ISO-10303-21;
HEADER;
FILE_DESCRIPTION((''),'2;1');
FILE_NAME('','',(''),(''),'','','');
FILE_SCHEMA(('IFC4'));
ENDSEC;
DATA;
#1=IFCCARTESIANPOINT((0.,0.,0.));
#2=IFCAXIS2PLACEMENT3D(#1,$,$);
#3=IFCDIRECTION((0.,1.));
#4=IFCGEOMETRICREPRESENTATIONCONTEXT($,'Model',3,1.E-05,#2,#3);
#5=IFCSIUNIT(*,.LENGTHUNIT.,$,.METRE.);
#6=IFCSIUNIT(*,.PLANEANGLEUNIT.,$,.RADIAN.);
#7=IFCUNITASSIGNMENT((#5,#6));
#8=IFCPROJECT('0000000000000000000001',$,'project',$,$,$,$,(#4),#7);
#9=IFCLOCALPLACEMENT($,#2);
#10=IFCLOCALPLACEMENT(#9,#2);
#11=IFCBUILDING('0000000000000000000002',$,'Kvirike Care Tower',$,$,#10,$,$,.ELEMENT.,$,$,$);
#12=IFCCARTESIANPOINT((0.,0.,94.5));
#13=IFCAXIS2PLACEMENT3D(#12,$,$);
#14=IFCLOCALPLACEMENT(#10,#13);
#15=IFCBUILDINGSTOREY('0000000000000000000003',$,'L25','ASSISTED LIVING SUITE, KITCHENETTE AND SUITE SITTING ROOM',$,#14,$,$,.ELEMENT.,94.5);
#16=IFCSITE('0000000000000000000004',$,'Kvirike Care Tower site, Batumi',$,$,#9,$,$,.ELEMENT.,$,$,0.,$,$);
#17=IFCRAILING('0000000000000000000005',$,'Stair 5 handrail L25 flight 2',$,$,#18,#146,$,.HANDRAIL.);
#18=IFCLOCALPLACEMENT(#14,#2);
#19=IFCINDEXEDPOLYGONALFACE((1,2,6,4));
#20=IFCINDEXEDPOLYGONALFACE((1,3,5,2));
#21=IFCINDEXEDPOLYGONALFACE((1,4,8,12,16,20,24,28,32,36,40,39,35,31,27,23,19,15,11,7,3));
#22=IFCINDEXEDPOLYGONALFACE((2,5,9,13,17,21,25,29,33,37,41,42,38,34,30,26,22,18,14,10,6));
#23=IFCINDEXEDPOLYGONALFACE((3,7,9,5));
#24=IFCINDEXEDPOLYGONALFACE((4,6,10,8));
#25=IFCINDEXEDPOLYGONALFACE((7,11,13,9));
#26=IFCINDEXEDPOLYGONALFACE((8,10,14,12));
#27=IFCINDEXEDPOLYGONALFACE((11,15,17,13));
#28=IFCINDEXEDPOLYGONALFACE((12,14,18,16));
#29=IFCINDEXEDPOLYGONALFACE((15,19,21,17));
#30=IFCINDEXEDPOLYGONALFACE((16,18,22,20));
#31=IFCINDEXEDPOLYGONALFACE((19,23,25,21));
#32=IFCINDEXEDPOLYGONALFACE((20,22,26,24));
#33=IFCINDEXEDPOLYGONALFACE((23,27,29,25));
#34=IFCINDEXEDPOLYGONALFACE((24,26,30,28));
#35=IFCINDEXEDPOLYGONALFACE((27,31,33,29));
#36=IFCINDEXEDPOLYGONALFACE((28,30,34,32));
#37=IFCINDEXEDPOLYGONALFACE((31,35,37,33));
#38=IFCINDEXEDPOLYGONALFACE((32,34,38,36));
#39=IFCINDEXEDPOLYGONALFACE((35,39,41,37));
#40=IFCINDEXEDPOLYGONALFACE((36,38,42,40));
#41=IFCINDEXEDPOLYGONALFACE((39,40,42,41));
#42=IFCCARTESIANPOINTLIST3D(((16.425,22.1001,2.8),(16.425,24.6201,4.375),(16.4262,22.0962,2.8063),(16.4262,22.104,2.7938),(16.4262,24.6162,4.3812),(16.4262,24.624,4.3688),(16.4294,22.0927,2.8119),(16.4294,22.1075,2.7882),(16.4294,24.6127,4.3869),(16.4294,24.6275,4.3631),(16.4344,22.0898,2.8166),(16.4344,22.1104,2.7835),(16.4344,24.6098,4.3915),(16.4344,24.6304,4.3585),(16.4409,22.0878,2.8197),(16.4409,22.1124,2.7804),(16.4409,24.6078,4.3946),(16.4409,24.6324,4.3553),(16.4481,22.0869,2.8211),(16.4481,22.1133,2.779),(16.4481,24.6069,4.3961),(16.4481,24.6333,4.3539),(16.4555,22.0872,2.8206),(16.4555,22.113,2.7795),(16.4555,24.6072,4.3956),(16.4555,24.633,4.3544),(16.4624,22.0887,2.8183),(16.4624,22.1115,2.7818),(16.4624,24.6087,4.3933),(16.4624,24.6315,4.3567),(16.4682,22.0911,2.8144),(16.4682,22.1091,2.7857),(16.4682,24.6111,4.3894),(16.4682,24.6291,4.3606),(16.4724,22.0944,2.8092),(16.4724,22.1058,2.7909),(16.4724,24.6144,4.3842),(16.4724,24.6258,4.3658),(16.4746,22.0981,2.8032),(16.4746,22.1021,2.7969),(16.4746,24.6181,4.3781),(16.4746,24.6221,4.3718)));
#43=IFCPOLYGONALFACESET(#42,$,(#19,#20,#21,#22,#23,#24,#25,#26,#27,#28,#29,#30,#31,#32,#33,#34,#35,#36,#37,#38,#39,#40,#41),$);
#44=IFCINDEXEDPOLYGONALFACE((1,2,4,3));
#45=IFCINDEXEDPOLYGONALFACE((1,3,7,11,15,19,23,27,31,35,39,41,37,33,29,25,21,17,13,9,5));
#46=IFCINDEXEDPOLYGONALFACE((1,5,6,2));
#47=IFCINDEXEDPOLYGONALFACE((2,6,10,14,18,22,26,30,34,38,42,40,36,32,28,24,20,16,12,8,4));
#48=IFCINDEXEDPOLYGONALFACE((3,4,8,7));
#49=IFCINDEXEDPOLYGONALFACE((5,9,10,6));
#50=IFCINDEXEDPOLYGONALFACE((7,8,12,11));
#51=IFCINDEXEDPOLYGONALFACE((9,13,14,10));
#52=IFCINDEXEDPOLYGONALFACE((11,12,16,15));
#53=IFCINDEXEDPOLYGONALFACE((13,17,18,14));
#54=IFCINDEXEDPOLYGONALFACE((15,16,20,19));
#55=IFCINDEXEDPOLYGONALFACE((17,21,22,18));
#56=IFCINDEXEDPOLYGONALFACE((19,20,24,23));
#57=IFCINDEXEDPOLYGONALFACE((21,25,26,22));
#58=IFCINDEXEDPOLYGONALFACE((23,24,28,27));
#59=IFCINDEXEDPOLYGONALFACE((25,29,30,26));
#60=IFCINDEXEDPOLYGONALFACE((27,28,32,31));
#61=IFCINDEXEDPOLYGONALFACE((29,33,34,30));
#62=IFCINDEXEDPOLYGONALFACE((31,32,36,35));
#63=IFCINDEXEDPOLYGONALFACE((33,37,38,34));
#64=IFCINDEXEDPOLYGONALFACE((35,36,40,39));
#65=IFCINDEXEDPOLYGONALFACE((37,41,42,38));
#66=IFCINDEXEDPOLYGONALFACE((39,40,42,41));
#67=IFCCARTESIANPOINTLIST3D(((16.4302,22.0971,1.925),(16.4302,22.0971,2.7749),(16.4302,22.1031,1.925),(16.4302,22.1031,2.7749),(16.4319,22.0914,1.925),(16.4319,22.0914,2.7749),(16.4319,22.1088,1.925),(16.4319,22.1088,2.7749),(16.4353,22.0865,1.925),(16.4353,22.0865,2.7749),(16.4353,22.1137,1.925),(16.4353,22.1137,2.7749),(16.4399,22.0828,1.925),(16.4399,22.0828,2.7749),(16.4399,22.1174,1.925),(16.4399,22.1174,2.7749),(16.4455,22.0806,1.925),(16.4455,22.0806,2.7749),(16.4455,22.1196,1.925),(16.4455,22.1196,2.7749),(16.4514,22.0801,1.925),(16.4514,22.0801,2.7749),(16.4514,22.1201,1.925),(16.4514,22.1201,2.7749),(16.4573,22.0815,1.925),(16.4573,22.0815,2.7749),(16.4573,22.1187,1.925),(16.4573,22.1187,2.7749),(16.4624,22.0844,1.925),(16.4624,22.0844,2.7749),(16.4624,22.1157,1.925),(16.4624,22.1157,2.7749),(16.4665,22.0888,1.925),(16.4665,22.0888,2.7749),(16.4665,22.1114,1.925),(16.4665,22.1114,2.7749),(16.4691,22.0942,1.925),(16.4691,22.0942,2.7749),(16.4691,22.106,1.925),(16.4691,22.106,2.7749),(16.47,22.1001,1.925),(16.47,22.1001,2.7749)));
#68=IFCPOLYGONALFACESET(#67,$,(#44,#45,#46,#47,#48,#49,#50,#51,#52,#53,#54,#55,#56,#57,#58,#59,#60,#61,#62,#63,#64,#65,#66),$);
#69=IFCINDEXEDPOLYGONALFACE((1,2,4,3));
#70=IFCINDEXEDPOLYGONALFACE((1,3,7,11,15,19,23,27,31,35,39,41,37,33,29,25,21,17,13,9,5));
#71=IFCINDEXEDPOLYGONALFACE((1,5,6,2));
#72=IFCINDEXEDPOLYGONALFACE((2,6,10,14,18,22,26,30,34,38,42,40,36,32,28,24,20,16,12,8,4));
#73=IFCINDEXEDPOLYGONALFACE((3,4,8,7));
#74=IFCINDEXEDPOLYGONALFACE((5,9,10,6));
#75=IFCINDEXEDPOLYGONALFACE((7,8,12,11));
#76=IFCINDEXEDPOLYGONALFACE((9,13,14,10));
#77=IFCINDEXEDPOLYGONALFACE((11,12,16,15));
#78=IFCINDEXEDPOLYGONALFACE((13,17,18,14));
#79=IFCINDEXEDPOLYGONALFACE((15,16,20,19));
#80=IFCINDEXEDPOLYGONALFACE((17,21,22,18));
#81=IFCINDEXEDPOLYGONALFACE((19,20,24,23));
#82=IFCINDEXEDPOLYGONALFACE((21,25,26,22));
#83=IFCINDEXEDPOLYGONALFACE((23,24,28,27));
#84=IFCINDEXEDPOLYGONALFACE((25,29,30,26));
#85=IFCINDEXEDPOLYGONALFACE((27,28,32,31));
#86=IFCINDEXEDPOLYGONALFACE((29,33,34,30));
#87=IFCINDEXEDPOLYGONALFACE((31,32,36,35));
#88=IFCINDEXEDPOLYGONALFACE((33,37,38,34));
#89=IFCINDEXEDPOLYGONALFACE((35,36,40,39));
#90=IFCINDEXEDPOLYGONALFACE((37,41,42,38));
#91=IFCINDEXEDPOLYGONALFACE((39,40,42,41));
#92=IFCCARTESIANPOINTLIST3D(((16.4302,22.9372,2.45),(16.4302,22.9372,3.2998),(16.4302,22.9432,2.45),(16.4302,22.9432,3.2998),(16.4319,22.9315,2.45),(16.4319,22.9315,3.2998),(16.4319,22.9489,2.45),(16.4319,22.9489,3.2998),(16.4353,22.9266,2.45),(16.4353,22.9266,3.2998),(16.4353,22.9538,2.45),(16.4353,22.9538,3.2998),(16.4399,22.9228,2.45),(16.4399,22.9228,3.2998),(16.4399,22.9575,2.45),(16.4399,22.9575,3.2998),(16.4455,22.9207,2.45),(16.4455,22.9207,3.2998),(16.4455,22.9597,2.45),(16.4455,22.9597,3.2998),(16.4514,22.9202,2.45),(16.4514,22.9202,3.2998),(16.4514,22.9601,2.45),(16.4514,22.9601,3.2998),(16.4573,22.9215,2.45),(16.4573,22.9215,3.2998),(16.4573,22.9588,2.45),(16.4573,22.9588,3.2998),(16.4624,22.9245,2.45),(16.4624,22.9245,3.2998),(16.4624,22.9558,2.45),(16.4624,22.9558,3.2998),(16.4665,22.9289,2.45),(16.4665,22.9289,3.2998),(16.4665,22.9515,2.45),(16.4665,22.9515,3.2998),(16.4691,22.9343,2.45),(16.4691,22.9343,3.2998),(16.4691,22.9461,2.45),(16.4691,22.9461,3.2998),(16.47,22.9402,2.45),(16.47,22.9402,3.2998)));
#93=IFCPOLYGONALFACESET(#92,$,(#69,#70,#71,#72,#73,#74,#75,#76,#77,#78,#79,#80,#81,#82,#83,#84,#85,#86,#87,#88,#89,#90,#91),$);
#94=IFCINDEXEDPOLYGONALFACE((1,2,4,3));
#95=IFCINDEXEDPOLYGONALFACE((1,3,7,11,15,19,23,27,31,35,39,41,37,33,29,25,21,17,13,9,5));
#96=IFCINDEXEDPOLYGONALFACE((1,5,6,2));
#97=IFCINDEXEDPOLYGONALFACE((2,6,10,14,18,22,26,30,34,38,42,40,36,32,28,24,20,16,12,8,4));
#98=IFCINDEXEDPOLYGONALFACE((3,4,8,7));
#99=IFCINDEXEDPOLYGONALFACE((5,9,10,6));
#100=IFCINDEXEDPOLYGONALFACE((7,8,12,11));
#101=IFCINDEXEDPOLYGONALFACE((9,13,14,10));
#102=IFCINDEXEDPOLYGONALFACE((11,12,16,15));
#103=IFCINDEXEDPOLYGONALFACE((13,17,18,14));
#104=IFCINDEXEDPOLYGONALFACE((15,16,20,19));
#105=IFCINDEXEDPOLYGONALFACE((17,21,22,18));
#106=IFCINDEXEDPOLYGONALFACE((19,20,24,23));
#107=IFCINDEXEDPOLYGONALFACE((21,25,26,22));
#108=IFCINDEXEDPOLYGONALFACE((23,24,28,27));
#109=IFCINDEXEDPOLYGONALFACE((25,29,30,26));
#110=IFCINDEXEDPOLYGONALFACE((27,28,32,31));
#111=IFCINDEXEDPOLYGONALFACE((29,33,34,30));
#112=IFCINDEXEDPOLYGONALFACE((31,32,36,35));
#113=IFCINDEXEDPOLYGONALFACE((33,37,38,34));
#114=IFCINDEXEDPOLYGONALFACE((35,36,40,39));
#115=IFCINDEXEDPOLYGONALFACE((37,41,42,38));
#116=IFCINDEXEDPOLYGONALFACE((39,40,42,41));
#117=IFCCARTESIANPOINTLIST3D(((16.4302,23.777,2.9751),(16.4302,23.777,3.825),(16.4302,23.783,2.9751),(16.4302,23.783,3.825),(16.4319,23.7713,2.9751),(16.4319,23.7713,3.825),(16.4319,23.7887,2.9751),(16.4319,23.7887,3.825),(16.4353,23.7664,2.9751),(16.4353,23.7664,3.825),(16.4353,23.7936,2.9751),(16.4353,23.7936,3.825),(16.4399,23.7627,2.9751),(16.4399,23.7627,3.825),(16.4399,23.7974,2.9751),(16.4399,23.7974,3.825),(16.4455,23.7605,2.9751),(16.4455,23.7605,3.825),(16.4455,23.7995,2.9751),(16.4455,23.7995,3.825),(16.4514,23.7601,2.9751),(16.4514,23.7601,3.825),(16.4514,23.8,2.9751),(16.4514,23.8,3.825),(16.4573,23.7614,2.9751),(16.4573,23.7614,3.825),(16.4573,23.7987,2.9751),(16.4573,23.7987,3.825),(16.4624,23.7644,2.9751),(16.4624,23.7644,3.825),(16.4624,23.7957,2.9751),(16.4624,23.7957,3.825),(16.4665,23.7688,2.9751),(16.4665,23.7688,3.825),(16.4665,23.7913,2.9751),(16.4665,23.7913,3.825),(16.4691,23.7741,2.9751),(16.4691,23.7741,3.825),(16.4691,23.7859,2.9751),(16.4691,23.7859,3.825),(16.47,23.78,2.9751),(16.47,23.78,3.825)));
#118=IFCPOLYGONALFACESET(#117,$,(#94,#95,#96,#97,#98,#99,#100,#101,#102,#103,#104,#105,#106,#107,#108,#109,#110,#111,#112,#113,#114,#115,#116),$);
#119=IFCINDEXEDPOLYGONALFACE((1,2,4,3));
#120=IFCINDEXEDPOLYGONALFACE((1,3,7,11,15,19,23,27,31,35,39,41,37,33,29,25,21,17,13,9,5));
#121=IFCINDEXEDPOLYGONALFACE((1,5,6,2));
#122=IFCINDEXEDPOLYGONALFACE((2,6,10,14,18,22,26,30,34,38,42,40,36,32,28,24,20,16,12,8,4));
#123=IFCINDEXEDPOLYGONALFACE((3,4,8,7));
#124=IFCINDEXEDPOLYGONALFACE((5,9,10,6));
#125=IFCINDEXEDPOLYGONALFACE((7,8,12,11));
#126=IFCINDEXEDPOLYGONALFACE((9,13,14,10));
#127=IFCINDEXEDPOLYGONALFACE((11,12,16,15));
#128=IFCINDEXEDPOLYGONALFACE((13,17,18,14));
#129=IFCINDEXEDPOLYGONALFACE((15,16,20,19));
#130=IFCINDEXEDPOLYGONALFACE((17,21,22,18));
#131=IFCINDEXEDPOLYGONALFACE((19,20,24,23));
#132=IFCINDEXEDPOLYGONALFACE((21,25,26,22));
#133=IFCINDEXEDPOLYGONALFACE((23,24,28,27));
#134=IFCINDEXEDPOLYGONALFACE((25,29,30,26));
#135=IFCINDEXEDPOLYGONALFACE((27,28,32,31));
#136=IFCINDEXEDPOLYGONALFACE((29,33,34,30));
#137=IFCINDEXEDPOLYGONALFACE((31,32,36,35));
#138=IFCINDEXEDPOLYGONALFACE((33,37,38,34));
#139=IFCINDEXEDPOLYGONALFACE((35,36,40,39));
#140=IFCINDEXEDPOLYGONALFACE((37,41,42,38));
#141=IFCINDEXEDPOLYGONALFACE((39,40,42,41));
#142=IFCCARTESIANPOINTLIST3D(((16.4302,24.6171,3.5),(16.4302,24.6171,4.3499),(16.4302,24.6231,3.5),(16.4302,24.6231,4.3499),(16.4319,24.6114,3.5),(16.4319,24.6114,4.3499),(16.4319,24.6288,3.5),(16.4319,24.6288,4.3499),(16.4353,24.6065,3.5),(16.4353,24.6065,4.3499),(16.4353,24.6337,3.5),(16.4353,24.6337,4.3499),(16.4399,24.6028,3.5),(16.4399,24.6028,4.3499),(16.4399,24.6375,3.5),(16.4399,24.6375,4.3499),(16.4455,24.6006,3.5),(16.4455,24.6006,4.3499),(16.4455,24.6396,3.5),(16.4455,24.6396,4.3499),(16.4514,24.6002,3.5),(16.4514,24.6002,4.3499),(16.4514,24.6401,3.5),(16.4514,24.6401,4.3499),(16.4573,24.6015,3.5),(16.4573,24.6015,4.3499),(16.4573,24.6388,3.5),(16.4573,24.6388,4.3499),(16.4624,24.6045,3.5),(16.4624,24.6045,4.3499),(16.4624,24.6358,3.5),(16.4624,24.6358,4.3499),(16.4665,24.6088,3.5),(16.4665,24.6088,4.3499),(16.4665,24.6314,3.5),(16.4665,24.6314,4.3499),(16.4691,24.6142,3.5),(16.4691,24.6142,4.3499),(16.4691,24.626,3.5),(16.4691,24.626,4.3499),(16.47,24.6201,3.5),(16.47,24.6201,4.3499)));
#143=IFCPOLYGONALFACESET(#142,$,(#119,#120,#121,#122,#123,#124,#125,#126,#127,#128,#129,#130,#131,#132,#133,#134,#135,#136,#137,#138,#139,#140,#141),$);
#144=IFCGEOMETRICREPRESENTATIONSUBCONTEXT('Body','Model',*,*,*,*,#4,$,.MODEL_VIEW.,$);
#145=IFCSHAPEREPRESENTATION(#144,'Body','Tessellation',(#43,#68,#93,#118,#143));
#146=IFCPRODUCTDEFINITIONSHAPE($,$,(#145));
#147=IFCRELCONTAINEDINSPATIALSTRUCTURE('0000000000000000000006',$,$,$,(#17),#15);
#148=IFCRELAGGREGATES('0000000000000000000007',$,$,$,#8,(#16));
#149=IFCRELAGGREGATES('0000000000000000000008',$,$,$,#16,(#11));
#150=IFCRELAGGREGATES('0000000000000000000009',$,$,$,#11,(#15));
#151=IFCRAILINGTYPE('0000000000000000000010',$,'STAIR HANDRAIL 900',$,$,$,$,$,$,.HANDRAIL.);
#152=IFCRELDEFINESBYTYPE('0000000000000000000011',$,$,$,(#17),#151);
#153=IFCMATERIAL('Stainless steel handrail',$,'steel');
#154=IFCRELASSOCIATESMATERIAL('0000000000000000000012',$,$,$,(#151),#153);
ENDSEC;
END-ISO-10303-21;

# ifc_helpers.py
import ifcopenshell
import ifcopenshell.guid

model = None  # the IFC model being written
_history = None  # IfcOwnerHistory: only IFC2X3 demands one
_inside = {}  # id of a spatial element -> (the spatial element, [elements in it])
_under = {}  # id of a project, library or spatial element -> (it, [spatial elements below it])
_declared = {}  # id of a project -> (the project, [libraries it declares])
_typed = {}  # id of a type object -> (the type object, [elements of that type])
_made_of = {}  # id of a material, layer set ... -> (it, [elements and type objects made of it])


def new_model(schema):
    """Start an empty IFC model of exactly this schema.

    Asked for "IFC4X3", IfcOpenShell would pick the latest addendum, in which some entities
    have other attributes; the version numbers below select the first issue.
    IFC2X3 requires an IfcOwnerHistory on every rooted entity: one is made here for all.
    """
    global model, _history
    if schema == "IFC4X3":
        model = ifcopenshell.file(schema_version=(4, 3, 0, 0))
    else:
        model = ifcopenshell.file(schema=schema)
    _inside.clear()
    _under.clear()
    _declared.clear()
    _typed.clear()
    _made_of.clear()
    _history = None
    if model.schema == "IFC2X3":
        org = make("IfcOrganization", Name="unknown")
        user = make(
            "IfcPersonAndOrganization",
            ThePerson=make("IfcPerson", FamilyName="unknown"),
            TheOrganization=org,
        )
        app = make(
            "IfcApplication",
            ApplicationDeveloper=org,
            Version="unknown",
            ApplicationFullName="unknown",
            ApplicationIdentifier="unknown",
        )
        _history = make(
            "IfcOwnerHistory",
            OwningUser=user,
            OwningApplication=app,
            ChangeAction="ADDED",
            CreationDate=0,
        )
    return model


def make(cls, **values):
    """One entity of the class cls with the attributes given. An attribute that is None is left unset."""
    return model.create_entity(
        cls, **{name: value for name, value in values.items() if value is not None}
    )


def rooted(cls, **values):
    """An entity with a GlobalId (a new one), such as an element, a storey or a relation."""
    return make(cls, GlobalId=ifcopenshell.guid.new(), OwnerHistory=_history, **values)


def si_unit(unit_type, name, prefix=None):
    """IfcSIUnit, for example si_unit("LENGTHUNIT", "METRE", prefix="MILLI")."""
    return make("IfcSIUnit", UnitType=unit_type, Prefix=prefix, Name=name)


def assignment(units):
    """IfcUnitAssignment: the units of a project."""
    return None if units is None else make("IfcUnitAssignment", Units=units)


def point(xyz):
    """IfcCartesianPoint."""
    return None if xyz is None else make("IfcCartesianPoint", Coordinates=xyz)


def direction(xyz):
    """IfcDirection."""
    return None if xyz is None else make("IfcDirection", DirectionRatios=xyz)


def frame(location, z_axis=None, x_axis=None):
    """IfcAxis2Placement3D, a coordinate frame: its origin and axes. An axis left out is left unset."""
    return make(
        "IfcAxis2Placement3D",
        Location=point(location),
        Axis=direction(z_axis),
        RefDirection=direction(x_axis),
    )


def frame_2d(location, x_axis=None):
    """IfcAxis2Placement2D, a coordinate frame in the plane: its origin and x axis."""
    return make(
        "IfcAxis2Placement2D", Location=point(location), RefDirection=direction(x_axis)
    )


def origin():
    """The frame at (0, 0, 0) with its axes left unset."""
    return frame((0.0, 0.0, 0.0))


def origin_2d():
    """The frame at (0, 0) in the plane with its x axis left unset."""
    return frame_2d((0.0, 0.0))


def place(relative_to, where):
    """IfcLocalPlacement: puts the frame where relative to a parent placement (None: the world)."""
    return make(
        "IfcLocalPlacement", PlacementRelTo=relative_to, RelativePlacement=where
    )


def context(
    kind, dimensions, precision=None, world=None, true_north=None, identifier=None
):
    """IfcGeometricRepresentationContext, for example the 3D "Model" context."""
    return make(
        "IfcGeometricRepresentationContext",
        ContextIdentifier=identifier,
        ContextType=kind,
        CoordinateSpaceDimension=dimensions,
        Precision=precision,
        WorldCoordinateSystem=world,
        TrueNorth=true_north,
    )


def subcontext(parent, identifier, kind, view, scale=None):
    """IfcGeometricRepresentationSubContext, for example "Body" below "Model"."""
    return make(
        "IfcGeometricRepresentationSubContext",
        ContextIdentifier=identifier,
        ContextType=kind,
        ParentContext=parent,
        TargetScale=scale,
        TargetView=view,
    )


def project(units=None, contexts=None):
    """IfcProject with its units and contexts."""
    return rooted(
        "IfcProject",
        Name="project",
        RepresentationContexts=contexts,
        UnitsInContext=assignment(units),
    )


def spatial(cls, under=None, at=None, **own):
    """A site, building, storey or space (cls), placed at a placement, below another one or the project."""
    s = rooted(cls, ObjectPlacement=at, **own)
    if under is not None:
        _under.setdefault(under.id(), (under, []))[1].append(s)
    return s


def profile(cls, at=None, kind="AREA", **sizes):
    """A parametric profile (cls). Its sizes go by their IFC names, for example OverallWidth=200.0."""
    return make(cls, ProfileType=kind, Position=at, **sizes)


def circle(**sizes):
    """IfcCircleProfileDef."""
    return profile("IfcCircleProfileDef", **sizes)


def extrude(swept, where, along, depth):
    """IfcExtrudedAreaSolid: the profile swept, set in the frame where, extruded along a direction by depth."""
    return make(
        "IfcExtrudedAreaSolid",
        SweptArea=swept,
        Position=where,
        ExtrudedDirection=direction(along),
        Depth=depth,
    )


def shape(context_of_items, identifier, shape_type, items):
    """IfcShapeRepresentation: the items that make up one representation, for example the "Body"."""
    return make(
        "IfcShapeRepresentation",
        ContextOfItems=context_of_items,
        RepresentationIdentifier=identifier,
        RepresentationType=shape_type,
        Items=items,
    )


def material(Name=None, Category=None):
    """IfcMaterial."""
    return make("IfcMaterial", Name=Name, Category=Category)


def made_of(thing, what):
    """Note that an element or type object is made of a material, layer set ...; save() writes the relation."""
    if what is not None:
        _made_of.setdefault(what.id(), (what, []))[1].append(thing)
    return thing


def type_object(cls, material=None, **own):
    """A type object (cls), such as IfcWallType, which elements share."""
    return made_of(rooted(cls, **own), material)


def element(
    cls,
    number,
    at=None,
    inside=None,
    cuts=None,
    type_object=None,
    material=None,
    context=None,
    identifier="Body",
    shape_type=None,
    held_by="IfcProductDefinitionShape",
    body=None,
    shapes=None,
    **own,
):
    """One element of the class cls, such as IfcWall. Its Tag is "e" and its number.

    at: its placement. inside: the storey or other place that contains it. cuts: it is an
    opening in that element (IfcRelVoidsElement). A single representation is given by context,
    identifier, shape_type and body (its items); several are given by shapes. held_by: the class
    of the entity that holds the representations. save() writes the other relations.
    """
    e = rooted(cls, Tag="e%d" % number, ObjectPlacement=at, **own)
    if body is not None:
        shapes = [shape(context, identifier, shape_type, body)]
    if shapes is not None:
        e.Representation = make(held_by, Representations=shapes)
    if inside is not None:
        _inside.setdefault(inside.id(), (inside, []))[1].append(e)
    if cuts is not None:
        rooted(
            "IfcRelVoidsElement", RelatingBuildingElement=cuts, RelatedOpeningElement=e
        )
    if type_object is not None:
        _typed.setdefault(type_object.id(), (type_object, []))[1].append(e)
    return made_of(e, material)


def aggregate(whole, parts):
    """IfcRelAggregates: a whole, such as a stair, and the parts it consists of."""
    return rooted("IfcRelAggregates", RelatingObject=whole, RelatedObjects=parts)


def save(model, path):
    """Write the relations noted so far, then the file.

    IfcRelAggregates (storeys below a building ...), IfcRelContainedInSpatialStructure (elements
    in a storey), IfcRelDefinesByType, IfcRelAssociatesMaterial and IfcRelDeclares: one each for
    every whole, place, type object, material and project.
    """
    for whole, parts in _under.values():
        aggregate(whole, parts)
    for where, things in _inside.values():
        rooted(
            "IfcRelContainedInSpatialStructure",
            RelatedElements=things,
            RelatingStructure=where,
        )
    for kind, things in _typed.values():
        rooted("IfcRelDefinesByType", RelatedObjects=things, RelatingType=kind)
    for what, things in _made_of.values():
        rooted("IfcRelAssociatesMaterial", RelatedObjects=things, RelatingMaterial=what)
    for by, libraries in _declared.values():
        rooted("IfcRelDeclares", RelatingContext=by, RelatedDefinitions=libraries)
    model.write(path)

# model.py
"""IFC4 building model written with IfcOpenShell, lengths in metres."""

from ifc_helpers import new_model, si_unit, direction, frame, origin, origin_2d, place, context, subcontext, project, spatial, circle, extrude, material, type_object, element, save


model = new_model("IFC4")

# Units and contexts
model_context = context("Model", 3, precision=1e-05, world=origin(), true_north=direction((0.0, 1.0)))
body_context = subcontext(model_context, "Body", "Model", "MODEL_VIEW")
ifc_project = project(units=[si_unit("LENGTHUNIT", "METRE"), si_unit("PLANEANGLEUNIT", "RADIAN")], contexts=[model_context])

# Site, building, storey
site_placement = place(None, origin())
site = spatial("IfcSite", under=ifc_project, at=site_placement, Name="Kvirike Care Tower site, Batumi", CompositionType="ELEMENT", RefElevation=0.0)
building_placement = place(site_placement, origin())
building = spatial("IfcBuilding", under=site, at=building_placement, Name="Kvirike Care Tower", CompositionType="ELEMENT")
storey_placement = place(building_placement, frame((0.0, 0.0, 94.5)))
storey = spatial("IfcBuildingStorey", under=building, at=storey_placement, Name="L25", Description="ASSISTED LIVING SUITE, KITCHENETTE AND SUITE SITTING ROOM", CompositionType="ELEMENT", Elevation=94.5)

# Railing
ifc_material_1 = material(Name="Stainless steel handrail", Category="steel")
railing_type = type_object("IfcRailingType", Name="STAIR HANDRAIL 900", PredefinedType="HANDRAIL", material=ifc_material_1)
railing_placement = place(storey_placement, frame((16.45, 22.1001, 1.925)))
element("IfcRailing", 1, at=railing_placement, inside=storey, type_object=railing_type, Name="Stair 5 handrail L25 flight 2", PredefinedType="HANDRAIL", context=body_context, shape_type="SweptSolid", body=[
    extrude(circle(Radius=0.0249, at=origin_2d()), frame((0.0, 0.0, 0.875), z_axis=(0.0, 0.848008, 0.529984), x_axis=(-1.0, 0.0, 0.0)), (0.0, 0.0, 1.0), 2.9717),
    extrude(circle(Radius=0.02, at=origin_2d()), origin(), (0.0, 0.0, 1.0), 0.8499),
    extrude(circle(Radius=0.02, at=origin_2d()), frame((0.0, 0.8401, 0.5249)), (0.0, 0.0, 1.0), 0.8499),
    extrude(circle(Radius=0.02, at=origin_2d()), frame((0.0, 1.6799, 1.05)), (0.0, 0.0, 1.0), 0.8499),
    extrude(circle(Radius=0.02, at=origin_2d()), frame((0.0, 2.52, 1.575)), (0.0, 0.0, 1.0), 0.8499),
])

save(model, "model.ifc")
